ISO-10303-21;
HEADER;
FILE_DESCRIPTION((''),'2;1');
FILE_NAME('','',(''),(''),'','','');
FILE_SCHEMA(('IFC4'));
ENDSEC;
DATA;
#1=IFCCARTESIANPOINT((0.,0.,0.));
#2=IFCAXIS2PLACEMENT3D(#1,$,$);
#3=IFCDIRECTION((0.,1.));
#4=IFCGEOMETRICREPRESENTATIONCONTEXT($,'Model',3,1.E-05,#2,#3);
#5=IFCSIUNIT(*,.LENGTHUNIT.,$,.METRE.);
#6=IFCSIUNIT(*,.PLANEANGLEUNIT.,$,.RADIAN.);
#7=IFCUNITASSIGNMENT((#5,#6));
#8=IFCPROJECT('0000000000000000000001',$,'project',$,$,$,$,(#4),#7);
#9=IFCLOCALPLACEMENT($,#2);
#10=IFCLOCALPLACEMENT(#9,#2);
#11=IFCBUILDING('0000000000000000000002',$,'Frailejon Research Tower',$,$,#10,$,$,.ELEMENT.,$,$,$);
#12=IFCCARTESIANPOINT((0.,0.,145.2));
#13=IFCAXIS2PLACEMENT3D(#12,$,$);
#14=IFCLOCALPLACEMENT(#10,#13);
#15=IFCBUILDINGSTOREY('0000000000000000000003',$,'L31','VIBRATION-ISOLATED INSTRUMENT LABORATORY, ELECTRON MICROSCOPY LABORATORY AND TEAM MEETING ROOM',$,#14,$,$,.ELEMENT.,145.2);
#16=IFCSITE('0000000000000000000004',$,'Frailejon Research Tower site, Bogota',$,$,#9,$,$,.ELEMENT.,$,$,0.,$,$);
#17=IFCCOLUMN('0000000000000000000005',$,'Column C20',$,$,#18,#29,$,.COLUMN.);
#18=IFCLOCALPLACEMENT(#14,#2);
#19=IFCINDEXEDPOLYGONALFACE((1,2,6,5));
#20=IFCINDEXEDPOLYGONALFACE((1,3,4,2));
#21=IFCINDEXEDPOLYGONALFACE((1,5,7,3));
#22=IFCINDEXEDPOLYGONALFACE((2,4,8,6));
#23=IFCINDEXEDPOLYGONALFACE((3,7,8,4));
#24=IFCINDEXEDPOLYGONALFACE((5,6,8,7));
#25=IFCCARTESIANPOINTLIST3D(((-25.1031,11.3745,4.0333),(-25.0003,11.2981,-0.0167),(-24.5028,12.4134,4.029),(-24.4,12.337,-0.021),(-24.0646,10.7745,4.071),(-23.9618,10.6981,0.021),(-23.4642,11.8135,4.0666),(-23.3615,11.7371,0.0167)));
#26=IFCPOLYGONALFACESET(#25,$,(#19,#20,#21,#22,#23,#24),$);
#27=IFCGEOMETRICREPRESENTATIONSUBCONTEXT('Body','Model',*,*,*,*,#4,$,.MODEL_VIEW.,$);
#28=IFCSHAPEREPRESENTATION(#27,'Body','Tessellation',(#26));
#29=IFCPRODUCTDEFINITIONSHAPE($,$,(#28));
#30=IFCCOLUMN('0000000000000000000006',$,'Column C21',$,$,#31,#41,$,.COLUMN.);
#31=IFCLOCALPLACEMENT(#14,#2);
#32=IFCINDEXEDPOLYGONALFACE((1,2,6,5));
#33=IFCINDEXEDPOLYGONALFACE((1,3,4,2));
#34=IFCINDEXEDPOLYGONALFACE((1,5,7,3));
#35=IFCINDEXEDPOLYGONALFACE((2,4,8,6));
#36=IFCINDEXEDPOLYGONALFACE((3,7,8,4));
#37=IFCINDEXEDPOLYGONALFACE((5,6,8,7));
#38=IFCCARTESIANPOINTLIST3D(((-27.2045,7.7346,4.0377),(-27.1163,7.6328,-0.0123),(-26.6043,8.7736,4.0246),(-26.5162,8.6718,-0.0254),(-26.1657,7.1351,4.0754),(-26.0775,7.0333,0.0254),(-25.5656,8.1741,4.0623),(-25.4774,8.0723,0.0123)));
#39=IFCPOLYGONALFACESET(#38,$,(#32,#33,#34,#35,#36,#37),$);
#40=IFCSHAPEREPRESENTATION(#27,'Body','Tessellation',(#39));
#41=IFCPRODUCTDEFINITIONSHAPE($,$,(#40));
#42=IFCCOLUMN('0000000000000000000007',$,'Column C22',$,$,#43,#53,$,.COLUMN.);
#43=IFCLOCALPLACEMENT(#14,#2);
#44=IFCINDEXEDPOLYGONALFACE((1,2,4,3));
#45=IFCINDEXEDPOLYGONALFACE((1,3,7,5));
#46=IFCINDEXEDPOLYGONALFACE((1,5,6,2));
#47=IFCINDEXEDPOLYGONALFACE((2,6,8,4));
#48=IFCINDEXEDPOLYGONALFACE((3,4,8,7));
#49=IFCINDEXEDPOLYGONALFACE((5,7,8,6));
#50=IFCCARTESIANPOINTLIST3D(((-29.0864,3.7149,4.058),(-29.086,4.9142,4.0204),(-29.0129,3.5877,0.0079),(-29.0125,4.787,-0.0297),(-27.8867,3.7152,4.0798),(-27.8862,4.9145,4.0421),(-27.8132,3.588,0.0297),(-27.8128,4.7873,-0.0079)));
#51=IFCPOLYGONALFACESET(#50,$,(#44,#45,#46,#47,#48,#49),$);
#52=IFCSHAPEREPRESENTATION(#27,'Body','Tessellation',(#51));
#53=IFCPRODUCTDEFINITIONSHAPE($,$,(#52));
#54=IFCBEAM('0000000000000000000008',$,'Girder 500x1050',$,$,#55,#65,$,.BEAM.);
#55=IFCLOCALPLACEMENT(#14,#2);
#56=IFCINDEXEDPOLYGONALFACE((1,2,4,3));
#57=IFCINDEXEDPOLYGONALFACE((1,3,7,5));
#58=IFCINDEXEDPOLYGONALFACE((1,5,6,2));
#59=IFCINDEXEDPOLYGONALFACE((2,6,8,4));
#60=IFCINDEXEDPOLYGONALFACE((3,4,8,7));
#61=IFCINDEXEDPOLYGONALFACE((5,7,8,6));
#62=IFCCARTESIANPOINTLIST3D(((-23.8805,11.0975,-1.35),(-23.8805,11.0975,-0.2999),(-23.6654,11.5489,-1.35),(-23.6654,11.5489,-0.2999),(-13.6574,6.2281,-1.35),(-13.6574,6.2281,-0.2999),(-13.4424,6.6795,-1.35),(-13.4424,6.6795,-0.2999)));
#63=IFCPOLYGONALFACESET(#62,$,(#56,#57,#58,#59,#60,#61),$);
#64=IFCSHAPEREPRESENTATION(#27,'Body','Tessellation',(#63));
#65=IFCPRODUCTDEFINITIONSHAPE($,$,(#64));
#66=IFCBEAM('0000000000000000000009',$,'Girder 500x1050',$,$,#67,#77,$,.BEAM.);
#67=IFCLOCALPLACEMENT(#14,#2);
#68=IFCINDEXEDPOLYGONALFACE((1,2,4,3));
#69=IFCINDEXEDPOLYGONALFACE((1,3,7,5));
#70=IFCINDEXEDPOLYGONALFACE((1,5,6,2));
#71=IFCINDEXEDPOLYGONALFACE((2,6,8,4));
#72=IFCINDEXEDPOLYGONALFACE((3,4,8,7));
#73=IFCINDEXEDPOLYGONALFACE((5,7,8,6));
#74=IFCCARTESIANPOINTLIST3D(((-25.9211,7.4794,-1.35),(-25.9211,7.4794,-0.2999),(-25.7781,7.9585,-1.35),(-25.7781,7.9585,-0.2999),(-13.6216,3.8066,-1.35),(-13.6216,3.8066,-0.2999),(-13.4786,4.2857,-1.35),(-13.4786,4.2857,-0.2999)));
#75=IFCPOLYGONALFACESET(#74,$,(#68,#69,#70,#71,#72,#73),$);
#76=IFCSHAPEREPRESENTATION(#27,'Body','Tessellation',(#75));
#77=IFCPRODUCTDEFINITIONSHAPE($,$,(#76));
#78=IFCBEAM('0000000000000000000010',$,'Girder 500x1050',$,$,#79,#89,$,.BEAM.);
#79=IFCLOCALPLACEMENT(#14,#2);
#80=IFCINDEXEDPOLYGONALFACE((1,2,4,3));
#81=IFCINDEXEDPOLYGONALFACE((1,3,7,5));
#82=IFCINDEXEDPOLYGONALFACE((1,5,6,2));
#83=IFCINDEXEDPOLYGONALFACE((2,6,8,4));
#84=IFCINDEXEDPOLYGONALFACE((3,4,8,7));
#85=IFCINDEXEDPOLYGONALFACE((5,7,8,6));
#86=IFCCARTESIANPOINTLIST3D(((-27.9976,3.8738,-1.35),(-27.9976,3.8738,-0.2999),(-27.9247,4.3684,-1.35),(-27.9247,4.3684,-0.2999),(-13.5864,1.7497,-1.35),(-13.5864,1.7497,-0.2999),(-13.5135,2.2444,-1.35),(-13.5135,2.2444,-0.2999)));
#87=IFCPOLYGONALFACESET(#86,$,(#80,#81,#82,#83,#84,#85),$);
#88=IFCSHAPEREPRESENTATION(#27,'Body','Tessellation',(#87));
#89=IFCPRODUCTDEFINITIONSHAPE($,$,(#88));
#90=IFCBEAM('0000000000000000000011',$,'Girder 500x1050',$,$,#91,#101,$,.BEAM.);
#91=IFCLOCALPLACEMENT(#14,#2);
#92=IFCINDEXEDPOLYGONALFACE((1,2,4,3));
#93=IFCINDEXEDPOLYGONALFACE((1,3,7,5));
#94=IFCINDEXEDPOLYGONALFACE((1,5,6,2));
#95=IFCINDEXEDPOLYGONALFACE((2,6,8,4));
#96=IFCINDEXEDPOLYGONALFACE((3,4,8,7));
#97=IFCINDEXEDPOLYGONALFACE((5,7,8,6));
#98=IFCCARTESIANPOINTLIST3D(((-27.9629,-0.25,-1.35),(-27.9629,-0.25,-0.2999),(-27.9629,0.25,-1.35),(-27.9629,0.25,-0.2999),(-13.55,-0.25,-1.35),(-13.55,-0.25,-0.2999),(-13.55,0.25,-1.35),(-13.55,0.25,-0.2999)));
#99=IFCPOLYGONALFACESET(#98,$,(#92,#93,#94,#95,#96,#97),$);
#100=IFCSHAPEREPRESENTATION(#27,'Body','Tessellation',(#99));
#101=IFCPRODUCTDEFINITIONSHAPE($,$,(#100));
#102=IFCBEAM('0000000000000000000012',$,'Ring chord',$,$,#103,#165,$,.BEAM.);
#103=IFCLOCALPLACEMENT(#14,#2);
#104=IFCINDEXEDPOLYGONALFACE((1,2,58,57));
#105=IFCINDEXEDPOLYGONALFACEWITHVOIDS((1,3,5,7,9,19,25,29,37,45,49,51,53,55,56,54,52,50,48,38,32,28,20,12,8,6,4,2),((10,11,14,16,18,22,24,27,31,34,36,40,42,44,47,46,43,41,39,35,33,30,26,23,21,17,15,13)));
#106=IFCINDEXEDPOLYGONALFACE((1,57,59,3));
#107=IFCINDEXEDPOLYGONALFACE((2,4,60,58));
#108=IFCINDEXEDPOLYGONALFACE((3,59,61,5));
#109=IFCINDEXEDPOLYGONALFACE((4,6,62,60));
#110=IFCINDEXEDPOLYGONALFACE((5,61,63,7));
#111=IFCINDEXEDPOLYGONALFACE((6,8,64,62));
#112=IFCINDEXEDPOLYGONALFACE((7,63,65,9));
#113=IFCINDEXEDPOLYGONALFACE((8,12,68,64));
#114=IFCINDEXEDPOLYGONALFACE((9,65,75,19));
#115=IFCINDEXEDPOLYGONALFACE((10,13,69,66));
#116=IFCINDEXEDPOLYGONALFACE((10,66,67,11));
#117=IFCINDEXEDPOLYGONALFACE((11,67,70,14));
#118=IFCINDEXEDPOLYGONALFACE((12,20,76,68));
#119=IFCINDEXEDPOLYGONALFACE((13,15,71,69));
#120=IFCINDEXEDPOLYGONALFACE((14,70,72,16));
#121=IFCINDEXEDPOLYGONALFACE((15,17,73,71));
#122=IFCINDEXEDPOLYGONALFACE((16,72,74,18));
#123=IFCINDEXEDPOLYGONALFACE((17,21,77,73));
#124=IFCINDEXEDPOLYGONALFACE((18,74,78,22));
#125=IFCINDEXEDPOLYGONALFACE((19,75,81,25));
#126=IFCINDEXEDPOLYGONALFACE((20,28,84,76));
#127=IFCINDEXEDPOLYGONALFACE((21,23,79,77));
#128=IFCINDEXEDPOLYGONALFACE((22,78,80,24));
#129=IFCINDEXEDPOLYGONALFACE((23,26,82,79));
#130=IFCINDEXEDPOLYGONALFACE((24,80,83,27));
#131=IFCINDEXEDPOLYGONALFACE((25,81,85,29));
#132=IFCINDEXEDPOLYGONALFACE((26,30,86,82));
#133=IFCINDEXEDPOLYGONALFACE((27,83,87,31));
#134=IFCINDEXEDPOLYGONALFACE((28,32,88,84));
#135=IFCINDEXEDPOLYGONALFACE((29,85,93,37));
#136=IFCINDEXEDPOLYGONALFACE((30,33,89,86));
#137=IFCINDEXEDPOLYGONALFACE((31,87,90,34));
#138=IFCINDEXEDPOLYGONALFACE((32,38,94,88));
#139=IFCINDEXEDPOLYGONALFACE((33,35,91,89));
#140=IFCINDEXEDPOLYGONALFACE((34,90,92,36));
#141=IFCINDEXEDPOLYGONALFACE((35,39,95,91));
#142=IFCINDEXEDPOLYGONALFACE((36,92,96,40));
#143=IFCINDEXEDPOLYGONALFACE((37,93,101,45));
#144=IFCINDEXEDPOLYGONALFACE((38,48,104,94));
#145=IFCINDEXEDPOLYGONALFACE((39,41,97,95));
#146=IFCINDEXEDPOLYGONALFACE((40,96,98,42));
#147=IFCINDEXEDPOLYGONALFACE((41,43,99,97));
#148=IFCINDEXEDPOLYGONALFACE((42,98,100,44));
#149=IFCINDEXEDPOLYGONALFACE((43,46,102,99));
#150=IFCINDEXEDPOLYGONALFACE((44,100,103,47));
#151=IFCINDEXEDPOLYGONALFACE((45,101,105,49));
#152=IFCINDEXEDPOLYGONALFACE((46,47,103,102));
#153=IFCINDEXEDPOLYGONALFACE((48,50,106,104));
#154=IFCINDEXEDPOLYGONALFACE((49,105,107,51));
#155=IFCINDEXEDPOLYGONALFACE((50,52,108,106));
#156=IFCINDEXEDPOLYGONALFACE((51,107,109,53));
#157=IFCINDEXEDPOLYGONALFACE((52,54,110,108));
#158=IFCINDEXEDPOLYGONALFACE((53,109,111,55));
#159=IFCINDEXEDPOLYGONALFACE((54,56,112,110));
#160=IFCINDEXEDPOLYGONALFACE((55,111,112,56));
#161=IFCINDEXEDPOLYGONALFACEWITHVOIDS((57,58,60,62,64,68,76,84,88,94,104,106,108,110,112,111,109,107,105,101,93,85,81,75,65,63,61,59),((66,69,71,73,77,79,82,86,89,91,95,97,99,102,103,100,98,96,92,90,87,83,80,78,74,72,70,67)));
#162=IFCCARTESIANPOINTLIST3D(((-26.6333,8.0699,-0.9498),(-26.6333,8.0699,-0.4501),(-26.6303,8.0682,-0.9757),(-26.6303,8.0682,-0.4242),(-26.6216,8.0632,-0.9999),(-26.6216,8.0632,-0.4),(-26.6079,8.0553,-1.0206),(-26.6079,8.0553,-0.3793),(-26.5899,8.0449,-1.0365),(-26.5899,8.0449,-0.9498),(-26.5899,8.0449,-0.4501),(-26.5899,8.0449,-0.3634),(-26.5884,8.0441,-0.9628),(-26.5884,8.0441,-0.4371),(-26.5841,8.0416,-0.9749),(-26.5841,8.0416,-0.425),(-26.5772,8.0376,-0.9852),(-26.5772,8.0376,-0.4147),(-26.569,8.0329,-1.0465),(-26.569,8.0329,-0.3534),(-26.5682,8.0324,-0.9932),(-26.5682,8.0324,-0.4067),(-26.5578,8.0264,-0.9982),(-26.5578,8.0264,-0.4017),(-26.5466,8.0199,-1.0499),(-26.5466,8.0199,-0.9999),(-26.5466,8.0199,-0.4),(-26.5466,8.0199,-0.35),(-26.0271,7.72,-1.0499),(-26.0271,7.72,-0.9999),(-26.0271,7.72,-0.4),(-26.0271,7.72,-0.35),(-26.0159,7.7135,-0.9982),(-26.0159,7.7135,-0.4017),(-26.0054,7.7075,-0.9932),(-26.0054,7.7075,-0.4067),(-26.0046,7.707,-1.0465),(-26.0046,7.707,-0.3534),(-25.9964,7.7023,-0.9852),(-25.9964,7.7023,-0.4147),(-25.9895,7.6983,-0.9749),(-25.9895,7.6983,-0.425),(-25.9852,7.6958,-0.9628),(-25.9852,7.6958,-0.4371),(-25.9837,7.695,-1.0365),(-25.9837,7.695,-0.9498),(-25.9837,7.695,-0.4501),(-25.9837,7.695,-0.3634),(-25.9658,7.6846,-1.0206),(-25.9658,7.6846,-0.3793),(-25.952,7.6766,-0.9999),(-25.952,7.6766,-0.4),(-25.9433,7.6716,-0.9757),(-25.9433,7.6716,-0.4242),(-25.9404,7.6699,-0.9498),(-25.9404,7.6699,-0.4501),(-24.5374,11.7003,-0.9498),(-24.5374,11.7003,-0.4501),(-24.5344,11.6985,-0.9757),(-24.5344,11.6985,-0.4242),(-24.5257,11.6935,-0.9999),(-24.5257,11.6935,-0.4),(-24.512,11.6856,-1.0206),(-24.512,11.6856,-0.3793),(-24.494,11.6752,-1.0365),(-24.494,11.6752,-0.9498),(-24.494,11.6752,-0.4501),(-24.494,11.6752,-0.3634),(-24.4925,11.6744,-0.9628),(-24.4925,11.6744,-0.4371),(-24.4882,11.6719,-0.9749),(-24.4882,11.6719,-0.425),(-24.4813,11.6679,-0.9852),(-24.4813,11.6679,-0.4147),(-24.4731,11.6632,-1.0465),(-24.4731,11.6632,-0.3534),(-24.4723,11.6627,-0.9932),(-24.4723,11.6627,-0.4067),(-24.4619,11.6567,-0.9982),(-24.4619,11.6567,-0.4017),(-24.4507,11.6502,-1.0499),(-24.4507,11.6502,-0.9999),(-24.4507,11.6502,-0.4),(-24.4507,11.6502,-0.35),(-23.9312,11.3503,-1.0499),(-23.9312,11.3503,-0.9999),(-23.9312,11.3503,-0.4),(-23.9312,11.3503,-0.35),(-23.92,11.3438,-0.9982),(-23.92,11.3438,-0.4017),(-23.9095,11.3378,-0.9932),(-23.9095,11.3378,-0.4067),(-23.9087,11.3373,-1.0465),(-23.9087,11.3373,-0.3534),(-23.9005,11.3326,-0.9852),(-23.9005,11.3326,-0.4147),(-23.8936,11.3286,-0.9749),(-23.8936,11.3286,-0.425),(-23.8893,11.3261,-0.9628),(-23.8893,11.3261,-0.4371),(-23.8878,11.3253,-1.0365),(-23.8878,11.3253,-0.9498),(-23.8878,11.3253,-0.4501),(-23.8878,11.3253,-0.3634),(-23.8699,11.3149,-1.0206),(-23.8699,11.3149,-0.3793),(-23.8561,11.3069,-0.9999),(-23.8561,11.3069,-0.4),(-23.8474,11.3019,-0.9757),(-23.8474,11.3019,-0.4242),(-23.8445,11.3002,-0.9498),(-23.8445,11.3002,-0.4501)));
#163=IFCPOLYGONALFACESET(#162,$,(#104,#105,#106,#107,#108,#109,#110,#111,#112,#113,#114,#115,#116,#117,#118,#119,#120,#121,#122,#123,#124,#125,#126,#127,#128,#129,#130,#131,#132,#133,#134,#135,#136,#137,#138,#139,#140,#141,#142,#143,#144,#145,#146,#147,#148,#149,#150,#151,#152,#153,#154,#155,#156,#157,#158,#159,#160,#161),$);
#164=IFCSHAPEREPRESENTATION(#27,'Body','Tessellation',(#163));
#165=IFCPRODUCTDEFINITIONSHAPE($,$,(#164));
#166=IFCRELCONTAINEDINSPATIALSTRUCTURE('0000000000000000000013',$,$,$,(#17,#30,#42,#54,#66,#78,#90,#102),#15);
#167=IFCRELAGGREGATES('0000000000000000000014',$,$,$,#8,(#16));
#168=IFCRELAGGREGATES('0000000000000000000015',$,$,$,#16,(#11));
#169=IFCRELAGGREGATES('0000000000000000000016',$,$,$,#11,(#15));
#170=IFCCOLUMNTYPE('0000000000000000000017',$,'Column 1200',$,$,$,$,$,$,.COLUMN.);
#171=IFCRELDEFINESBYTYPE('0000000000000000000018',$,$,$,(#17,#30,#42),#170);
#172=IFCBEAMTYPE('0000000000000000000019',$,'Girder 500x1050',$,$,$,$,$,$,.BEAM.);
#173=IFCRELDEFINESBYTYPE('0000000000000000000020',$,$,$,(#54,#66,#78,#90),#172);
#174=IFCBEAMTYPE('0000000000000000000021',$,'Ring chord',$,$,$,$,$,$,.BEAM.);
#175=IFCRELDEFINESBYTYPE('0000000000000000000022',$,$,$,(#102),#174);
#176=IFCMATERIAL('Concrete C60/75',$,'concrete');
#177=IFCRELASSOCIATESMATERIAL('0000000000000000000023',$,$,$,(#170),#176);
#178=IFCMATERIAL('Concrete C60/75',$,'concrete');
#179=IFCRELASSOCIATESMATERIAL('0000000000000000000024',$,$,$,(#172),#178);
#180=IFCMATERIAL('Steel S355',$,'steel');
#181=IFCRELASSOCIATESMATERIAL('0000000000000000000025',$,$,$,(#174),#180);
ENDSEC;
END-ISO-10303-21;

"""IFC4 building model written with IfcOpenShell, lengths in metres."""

from ifc_helpers import new_model, si_unit, direction, frame, origin, origin_2d, place, context, subcontext, project, spatial, rectangle, hollow_rectangle, extrude, material, material_profile, profile_set, type_object, element, save


model = new_model("IFC4")

# Units and contexts
model_context = context("Model", 3, precision=1e-05, world=origin(), true_north=direction((0.0, 1.0)))
body_context = subcontext(model_context, "Body", "Model", "MODEL_VIEW")
ifc_project = project(units=[si_unit("LENGTHUNIT", "METRE"), si_unit("PLANEANGLEUNIT", "RADIAN")], contexts=[model_context])

# Site, building, storey
site_placement = place(None, origin())
site = spatial("IfcSite", under=ifc_project, at=site_placement, Name="Frailejon Research Tower site, Bogota", CompositionType="ELEMENT", RefElevation=0.0)
building_placement = place(site_placement, origin())
building = spatial("IfcBuilding", under=site, at=building_placement, Name="Frailejon Research Tower", CompositionType="ELEMENT")
storey_placement = place(building_placement, frame((0.0, 0.0, 145.2)))
storey = spatial("IfcBuildingStorey", under=building, at=storey_placement, Name="L31", Description="VIBRATION-ISOLATED INSTRUMENT LABORATORY, ELECTRON MICROSCOPY LABORATORY AND TEAM MEETING ROOM", CompositionType="ELEMENT", Elevation=145.2)

# Columns
ifc_material_1 = material(Name="Concrete C60/75", Category="concrete")
ifc_material_profile_1 = material_profile(ifc_material_1, rectangle(XDim=1.2, YDim=1.2, at=origin_2d()), Name="Column 1200")
ifc_profile_set_1 = profile_set([ifc_material_profile_1], Name="Concrete C60/75")
column_type = type_object("IfcColumnType", Name="Column 1200", PredefinedType="COLUMN", material=ifc_profile_set_1)
column_1_placement = place(storey_placement, frame((-24.1809, 11.5176, 0.0), z_axis=(-0.025366, 0.018858, 0.9995), x_axis=(-0.500322, -0.865832, 0.003639)))
element("IfcColumn", 1, at=column_1_placement, inside=storey, type_object=column_type, Name="Column C20", PredefinedType="COLUMN", context=body_context, shape_type="SweptSolid", body=[
    extrude(rectangle(XDim=1.2, YDim=1.2, at=origin_2d()), origin(), (0.0, 0.0, 1.0), 4.052),
])
column_2_placement = place(storey_placement, frame((-26.2969, 7.8525, 0.0), z_axis=(-0.021749, 0.025123, 0.999448), x_axis=(-0.500116, -0.86589, 0.010883)))
element("IfcColumn", 2, at=column_2_placement, inside=storey, type_object=column_type, Name="Column C21", PredefinedType="COLUMN", context=body_context, shape_type="SweptSolid", body=[
    extrude(rectangle(XDim=1.2, YDim=1.2, at=origin_2d()), origin(), (0.0, 0.0, 1.0), 4.0522),
])
column_3_placement = place(storey_placement, frame((-28.4128, 4.1875, 0.0), z_axis=(-0.018133, 0.031386, 0.999343), x_axis=(-0.000336, -0.999507, 0.031385)))
element("IfcColumn", 3, at=column_3_placement, inside=storey, type_object=column_type, Name="Column C22", PredefinedType="COLUMN", context=body_context, shape_type="SweptSolid", body=[
    extrude(rectangle(XDim=1.2, YDim=1.2, at=origin_2d()), origin(), (0.0, 0.0, 1.0), 4.0527),
])

# Beams
ifc_material_2 = material(Name="Concrete C60/75", Category="concrete")
ifc_material_profile_2 = material_profile(ifc_material_2, rectangle(XDim=0.5, YDim=1.05, at=origin_2d()), Name="Girder 500x1050")
ifc_profile_set_2 = profile_set([ifc_material_profile_2], Name="Concrete C60/75")
beam_type_1 = type_object("IfcBeamType", Name="Girder 500x1050", PredefinedType="BEAM", material=ifc_profile_set_2)
beam_1_placement = place(storey_placement, frame((-23.7729, 11.3232, -0.825), z_axis=(0.902815, -0.43003, 0.0), x_axis=(0.43003, 0.902815, 0.0)))
element("IfcBeam", 4, at=beam_1_placement, inside=storey, type_object=beam_type_1, Name="Girder 500x1050", PredefinedType="BEAM", context=body_context, shape_type="SweptSolid", body=[
    extrude(rectangle(XDim=0.5, YDim=1.05, at=origin_2d()), origin(), (0.0, 0.0, 1.0), 11.3235),
])
beam_2_placement = place(storey_placement, frame((-25.8496, 7.719, -0.825), z_axis=(0.95819, -0.286131, 0.0), x_axis=(0.286131, 0.95819, 0.0)))
element("IfcBeam", 5, at=beam_2_placement, inside=storey, type_object=beam_type_1, Name="Girder 500x1050", PredefinedType="BEAM", context=body_context, shape_type="SweptSolid", body=[
    extrude(rectangle(XDim=0.5, YDim=1.05, at=origin_2d()), origin(), (0.0, 0.0, 1.0), 12.8362),
])
beam_3_placement = place(storey_placement, frame((-27.9612, 4.1211, -0.825), z_axis=(0.989312, -0.145812, 0.0), x_axis=(0.145812, 0.989312, 0.0)))
element("IfcBeam", 6, at=beam_3_placement, inside=storey, type_object=beam_type_1, Name="Girder 500x1050", PredefinedType="BEAM", context=body_context, shape_type="SweptSolid", body=[
    extrude(rectangle(XDim=0.5, YDim=1.05, at=origin_2d()), origin(), (0.0, 0.0, 1.0), 14.5669),
])
beam_4_placement = place(storey_placement, frame((-27.9629, 0.0, -0.825), z_axis=(1.0, 0.0, 0.0), x_axis=(0.0, 1.0, 0.0)))
element("IfcBeam", 7, at=beam_4_placement, inside=storey, type_object=beam_type_1, Name="Girder 500x1050", PredefinedType="BEAM", context=body_context, shape_type="SweptSolid", body=[
    extrude(rectangle(XDim=0.5, YDim=1.05, at=origin_2d()), origin(), (0.0, 0.0, 1.0), 14.4128),
])
ifc_material_3 = material(Name="Steel S355", Category="steel")
ifc_material_profile_3 = material_profile(ifc_material_3, hollow_rectangle(XDim=0.8, YDim=0.7, WallThickness=0.05, InnerFilletRadius=0.05, OuterFilletRadius=0.1001, at=origin_2d()), Name="Ring chord")
ifc_profile_set_3 = profile_set([ifc_material_profile_3], Name="Steel S355")
beam_type_2 = type_object("IfcBeamType", Name="Ring chord", PredefinedType="BEAM", material=ifc_profile_set_3)
for number, where, z_axis, x_axis, name in (
    (8, (-24.1909, 11.5002, -0.7), (-0.499991, -0.86603, 0.0), (0.86603, -0.499991, 0.0), "Ring chord"),
):
    element("IfcBeam", number, at=place(storey_placement, frame(where, z_axis=z_axis, x_axis=x_axis)), inside=storey, type_object=beam_type_2, Name=name, PredefinedType="BEAM", context=body_context, shape_type="SweptSolid", body=[
        extrude(hollow_rectangle(XDim=0.8, YDim=0.7, WallThickness=0.05, InnerFilletRadius=0.05, OuterFilletRadius=0.1001, at=origin_2d()), origin(), (0.0, 0.0, 1.0), 4.1919),
    ])

save(model, "model.ifc")
